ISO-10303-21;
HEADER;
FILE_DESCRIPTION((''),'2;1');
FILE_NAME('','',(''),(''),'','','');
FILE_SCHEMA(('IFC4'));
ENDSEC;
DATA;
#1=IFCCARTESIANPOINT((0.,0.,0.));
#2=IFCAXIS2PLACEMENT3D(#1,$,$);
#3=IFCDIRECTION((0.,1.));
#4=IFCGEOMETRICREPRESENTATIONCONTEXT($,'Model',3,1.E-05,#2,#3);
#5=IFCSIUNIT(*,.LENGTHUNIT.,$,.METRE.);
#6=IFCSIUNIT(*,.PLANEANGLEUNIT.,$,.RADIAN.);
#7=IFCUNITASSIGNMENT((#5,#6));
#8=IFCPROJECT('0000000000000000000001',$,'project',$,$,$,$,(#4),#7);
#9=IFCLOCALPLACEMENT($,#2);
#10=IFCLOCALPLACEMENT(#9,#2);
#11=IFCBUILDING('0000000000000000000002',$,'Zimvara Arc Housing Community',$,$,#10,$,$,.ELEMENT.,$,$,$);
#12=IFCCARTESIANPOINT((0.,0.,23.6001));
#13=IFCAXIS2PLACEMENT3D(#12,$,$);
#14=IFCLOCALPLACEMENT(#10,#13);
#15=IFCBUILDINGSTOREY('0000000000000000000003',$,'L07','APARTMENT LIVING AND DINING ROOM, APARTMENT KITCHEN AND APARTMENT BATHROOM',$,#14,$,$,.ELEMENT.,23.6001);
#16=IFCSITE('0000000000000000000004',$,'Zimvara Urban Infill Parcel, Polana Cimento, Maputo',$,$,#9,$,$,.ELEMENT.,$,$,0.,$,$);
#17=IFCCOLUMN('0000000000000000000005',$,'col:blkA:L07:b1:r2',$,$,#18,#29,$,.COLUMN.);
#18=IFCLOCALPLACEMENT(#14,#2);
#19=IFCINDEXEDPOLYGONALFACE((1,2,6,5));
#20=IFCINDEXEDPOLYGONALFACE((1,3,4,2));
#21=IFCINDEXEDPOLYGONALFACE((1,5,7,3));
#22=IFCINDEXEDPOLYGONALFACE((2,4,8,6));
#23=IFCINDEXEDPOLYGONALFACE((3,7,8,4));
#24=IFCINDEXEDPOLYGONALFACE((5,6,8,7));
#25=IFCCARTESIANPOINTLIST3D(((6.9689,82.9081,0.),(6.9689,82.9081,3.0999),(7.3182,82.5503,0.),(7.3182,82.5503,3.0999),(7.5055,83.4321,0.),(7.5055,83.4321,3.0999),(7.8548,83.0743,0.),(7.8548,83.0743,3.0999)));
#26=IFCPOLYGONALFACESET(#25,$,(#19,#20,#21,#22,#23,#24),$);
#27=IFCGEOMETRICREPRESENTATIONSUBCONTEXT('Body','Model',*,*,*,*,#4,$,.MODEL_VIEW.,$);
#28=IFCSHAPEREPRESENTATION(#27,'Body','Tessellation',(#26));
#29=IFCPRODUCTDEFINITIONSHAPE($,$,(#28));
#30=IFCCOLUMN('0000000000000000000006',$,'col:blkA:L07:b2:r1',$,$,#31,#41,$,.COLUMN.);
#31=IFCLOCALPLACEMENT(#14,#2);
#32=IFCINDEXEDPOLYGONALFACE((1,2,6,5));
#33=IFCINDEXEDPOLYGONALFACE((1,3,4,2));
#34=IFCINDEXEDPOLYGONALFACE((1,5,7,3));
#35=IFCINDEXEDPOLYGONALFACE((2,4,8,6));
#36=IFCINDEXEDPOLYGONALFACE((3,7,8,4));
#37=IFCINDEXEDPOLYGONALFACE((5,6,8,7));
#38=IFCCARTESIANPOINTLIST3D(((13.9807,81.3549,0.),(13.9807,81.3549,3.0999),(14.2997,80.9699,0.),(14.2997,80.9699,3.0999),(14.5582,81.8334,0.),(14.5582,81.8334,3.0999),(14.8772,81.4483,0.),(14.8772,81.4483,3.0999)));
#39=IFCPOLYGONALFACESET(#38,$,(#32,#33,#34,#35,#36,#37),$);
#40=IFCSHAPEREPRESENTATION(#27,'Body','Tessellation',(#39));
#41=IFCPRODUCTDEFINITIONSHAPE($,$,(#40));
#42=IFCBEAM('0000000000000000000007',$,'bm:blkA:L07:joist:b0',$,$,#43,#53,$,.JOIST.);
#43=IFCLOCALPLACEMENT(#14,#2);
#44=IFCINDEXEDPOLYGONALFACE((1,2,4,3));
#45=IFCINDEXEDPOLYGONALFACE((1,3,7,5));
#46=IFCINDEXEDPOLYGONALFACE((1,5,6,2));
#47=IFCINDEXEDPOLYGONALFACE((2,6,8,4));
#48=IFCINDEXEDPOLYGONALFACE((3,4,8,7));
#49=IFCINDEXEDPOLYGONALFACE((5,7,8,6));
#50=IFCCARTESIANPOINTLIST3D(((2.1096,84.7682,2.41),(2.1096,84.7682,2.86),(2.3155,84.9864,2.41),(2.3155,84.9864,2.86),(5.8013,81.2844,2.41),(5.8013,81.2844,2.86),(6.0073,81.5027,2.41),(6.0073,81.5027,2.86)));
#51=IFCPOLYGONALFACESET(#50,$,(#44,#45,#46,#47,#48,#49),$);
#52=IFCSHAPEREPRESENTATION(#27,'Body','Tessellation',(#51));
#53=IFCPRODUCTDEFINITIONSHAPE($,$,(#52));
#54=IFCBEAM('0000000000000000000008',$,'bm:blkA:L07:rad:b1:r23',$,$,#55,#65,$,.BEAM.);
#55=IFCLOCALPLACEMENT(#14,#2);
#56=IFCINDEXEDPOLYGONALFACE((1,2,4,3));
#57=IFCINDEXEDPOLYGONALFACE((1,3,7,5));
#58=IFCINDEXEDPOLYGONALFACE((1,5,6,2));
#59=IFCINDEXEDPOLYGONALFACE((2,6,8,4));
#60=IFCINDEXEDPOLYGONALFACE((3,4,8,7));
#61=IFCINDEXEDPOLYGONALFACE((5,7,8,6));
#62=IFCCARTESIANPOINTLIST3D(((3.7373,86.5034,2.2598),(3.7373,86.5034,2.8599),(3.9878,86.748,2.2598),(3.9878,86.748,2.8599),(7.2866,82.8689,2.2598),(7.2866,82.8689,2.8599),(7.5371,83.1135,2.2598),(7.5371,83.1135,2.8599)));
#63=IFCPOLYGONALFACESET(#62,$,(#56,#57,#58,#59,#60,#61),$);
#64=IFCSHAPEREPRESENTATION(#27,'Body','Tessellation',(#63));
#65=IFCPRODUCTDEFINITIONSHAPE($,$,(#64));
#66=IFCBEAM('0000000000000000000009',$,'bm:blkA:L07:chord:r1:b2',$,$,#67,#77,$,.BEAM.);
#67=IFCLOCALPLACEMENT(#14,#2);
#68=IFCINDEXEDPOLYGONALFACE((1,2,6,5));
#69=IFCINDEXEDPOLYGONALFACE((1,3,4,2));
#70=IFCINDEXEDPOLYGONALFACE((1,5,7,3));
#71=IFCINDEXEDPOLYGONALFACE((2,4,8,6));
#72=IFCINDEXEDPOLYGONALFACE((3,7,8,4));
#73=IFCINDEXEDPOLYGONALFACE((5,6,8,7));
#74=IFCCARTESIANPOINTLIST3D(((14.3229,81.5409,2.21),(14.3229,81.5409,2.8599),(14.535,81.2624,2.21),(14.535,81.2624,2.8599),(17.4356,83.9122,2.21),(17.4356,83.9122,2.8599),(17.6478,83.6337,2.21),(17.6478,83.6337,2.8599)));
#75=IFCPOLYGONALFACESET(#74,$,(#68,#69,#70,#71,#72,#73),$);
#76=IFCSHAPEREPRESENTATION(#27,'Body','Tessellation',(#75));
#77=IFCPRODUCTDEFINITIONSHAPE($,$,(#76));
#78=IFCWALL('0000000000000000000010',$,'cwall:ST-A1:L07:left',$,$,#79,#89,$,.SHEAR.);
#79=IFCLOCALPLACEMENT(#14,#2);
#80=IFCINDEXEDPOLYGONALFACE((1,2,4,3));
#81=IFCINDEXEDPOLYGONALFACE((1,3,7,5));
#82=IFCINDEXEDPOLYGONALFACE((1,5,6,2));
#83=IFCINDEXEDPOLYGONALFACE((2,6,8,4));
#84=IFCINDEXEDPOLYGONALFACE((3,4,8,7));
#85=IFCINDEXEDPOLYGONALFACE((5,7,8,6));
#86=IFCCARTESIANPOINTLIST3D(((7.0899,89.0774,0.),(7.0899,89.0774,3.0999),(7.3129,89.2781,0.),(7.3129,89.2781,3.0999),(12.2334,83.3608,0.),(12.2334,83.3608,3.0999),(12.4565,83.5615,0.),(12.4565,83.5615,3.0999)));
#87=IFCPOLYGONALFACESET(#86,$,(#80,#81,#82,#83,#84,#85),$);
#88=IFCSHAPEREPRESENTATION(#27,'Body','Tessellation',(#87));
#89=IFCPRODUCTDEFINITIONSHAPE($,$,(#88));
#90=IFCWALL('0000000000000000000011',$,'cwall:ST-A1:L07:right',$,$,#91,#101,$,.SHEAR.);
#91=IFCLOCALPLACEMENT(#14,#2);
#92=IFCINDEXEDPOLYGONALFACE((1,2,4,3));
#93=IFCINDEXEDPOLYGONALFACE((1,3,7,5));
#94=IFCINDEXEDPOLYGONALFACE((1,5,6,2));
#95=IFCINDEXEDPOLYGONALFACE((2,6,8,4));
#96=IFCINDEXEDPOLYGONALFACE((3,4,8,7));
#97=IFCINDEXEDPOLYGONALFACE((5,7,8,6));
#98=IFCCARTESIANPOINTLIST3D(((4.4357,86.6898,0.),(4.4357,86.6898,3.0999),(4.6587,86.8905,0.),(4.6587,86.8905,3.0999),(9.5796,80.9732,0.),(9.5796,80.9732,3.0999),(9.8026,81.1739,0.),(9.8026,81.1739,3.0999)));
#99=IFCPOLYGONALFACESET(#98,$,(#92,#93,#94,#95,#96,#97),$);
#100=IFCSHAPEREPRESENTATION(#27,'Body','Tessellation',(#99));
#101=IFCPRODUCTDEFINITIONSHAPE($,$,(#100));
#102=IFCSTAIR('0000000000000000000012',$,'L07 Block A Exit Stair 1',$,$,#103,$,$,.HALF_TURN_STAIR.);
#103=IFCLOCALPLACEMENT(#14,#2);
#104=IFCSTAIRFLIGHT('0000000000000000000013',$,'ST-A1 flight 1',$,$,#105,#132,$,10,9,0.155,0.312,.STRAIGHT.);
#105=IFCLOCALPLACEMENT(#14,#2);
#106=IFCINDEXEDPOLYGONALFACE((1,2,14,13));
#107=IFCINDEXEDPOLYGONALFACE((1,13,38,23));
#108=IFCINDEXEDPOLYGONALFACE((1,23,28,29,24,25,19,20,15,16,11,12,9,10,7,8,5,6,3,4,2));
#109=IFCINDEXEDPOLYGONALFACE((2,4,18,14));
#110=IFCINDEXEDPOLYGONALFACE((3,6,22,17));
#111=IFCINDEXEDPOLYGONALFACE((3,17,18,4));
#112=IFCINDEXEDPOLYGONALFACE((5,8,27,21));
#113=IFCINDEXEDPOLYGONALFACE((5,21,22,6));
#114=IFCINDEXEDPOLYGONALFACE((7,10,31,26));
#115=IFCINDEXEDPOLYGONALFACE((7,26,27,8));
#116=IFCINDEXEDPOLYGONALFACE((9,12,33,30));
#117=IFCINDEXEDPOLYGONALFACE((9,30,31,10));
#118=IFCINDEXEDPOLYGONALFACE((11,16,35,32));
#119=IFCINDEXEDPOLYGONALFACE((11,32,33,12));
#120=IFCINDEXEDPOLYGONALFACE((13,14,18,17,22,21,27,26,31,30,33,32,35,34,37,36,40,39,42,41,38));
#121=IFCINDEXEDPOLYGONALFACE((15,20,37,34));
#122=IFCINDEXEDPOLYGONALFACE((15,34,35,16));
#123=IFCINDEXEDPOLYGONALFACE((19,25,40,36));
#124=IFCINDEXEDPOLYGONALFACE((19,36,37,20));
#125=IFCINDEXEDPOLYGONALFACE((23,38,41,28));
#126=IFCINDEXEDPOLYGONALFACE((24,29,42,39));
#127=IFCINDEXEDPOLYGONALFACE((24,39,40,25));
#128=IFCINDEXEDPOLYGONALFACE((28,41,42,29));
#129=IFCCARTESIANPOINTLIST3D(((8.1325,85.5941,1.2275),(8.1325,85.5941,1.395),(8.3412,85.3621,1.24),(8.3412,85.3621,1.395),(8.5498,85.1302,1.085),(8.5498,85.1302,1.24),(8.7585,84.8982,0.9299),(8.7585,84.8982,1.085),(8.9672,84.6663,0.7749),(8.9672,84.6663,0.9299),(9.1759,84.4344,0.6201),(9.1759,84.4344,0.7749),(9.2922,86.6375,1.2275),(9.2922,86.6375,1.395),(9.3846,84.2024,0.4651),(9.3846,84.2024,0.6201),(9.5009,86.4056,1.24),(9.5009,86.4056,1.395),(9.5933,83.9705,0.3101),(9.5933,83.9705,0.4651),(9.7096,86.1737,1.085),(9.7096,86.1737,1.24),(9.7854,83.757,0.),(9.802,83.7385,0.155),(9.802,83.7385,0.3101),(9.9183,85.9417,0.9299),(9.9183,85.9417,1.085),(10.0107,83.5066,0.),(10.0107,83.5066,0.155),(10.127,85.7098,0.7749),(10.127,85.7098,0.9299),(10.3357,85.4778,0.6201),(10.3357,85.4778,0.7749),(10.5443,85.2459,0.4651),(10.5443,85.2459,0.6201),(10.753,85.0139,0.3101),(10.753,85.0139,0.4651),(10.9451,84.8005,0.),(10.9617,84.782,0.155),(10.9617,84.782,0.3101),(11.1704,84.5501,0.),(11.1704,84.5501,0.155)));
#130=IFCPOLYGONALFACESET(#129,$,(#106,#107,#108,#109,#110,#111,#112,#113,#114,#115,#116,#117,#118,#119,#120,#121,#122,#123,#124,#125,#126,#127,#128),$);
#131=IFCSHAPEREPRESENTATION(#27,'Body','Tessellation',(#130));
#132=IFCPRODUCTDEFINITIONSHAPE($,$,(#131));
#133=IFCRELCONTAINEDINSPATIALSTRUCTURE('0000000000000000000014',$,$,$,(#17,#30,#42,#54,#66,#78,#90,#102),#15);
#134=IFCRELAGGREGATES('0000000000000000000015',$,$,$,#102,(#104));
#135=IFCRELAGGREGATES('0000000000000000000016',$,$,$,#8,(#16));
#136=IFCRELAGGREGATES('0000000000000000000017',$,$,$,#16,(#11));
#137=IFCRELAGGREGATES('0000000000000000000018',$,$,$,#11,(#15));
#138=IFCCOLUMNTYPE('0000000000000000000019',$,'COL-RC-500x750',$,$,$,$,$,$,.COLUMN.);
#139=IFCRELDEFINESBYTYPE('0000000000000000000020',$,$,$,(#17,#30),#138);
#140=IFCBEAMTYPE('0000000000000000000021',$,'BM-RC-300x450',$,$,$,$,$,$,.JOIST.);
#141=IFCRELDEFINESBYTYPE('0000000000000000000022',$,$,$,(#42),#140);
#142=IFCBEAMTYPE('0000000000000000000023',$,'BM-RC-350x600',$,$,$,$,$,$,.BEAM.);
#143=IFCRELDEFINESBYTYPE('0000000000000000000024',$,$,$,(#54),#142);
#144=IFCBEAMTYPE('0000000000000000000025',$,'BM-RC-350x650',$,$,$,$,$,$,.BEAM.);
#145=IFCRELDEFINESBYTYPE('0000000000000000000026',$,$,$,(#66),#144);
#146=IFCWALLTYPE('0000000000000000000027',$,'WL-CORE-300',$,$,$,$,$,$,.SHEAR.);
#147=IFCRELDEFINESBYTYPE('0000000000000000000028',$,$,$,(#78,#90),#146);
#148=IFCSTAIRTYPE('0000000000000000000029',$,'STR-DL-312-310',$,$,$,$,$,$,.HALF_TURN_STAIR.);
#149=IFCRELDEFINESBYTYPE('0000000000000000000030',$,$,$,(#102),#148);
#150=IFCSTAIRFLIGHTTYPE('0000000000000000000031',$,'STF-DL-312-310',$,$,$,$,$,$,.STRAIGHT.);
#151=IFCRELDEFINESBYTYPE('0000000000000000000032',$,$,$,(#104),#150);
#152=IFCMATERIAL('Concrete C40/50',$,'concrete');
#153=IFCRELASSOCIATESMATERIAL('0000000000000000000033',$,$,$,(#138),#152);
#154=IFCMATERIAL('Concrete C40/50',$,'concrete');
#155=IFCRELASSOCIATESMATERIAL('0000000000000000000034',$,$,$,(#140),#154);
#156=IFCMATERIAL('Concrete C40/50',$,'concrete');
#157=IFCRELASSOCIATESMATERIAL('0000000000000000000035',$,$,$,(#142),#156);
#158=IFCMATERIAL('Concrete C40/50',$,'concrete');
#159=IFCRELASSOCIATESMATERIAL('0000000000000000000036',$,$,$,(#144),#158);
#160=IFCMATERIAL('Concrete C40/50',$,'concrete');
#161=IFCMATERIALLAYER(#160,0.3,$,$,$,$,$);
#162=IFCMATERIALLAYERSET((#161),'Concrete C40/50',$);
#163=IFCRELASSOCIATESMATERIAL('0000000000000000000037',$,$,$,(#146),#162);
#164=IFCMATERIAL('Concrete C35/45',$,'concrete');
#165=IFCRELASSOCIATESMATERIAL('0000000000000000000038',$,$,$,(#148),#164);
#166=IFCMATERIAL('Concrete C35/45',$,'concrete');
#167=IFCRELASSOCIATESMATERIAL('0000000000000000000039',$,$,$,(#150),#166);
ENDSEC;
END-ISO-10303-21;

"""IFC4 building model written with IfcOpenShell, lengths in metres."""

from ifc_helpers import new_model, si_unit, direction, frame, frame_2d, origin, origin_2d, place, context, subcontext, project, spatial, polyline, rectangle, outline, extrude, material, layer, layer_set, material_profile, profile_set, type_object, element, aggregate, save


model = new_model("IFC4")

# Units and contexts
model_context = context("Model", 3, precision=1e-05, world=origin(), true_north=direction((0.0, 1.0)))
body_context = subcontext(model_context, "Body", "Model", "MODEL_VIEW")
ifc_project = project(units=[si_unit("LENGTHUNIT", "METRE"), si_unit("PLANEANGLEUNIT", "RADIAN")], contexts=[model_context])

# Site, building, storey
site_placement = place(None, origin())
site = spatial("IfcSite", under=ifc_project, at=site_placement, Name="Zimvara Urban Infill Parcel, Polana Cimento, Maputo", CompositionType="ELEMENT", RefElevation=0.0)
building_placement = place(site_placement, origin())
building = spatial("IfcBuilding", under=site, at=building_placement, Name="Zimvara Arc Housing Community", CompositionType="ELEMENT")
storey_placement = place(building_placement, frame((0.0, 0.0, 23.6001)))
storey = spatial("IfcBuildingStorey", under=building, at=storey_placement, Name="L07", Description="APARTMENT LIVING AND DINING ROOM, APARTMENT KITCHEN AND APARTMENT BATHROOM", CompositionType="ELEMENT", Elevation=23.6001)

# Columns
ifc_material_1 = material(Name="Concrete C40/50", Category="concrete")
ifc_material_profile_1 = material_profile(ifc_material_1, rectangle(XDim=0.5, YDim=0.75, at=origin_2d()), Name="RC 500x750")
ifc_profile_set_1 = profile_set([ifc_material_profile_1], Name="Concrete C40/50")
column_type = type_object("IfcColumnType", Name="COL-RC-500x750", PredefinedType="COLUMN", material=ifc_profile_set_1)
for number, where, z_axis, x_axis, name in (
    (1, (7.4119, 82.9912, 0.0), (0.0, 0.0, 1.0), (-0.698665, 0.715449, 0.0), "col:blkA:L07:b1:r2"),
    (2, (14.429, 81.4016, 0.0), (0.0, 0.0, 1.0), (-0.637962, 0.770068, 0.0), "col:blkA:L07:b2:r1"),
):
    element("IfcColumn", number, at=place(storey_placement, frame(where, z_axis=z_axis, x_axis=x_axis)), inside=storey, type_object=column_type, Name=name, PredefinedType="COLUMN", context=body_context, shape_type="SweptSolid", body=[
        extrude(rectangle(XDim=0.5, YDim=0.75, at=origin_2d()), origin(), (0.0, 0.0, 1.0), 3.0999),
    ])

# Beams
ifc_material_2 = material(Name="Concrete C40/50", Category="concrete")
ifc_material_profile_2 = material_profile(ifc_material_2, rectangle(XDim=0.3, YDim=0.45, at=origin_2d()), Name="RC 300x450")
ifc_profile_set_2 = profile_set([ifc_material_profile_2], Name="Concrete C40/50")
beam_type_1 = type_object("IfcBeamType", Name="BM-RC-300x450", PredefinedType="JOIST", material=ifc_profile_set_2)
beam_1_placement = place(storey_placement, frame((5.9043, 81.3936, 2.635), z_axis=(-0.7273, 0.68632, 0.0), x_axis=(-0.68632, -0.7273, 0.0)))
element("IfcBeam", 3, at=beam_1_placement, inside=storey, type_object=beam_type_1, Name="bm:blkA:L07:joist:b0", PredefinedType="JOIST", context=body_context, shape_type="SweptSolid", body=[
    extrude(rectangle(XDim=0.3, YDim=0.45, at=origin_2d()), origin(), (0.0, 0.0, 1.0), 5.0759),
])
ifc_material_3 = material(Name="Concrete C40/50", Category="concrete")
ifc_material_profile_3 = material_profile(ifc_material_3, rectangle(XDim=0.3501, YDim=0.6001, at=origin_2d()), Name="RC 350x600")
ifc_profile_set_3 = profile_set([ifc_material_profile_3], Name="Concrete C40/50")
beam_type_2 = type_object("IfcBeamType", Name="BM-RC-350x600", PredefinedType="BEAM", material=ifc_profile_set_3)
beam_2_placement = place(storey_placement, frame((7.4119, 82.9912, 2.5598), z_axis=(-0.698671, 0.715443, 0.0), x_axis=(-0.715443, -0.698671, 0.0)))
element("IfcBeam", 4, at=beam_2_placement, inside=storey, type_object=beam_type_2, Name="bm:blkA:L07:rad:b1:r23", PredefinedType="BEAM", context=body_context, shape_type="SweptSolid", body=[
    extrude(rectangle(XDim=0.3501, YDim=0.6001, at=origin_2d()), origin(), (0.0, 0.0, 1.0), 5.0801),
])
ifc_material_4 = material(Name="Concrete C40/50", Category="concrete")
ifc_material_profile_4 = material_profile(ifc_material_4, rectangle(XDim=0.3501, YDim=0.6499, at=origin_2d()), Name="RC 350x650")
ifc_profile_set_4 = profile_set([ifc_material_profile_4], Name="Concrete C40/50")
beam_type_3 = type_object("IfcBeamType", Name="BM-RC-350x650", PredefinedType="BEAM", material=ifc_profile_set_4)
beam_3_placement = place(storey_placement, frame((14.429, 81.4016, 2.5349), z_axis=(0.79547, 0.605992, 0.0), x_axis=(-0.605992, 0.79547, 0.0)))
element("IfcBeam", 5, at=beam_3_placement, inside=storey, type_object=beam_type_3, Name="bm:blkA:L07:chord:r1:b2", PredefinedType="BEAM", context=body_context, shape_type="SweptSolid", body=[
    extrude(rectangle(XDim=0.3501, YDim=0.6499, at=origin_2d()), origin(), (0.0, 0.0, 1.0), 3.9131),
])

# Shared definitions
ifc_material_5 = material(Name="Concrete C40/50", Category="concrete")
ifc_layer_1 = layer(ifc_material_5, 0.3)
ifc_layer_set_1 = layer_set([ifc_layer_1], Name="Concrete C40/50")
wall_type_1 = type_object("IfcWallType", Name="WL-CORE-300", PredefinedType="SHEAR", material=ifc_layer_set_1)

# Walls
wall_1_placement = place(storey_placement, frame((12.345, 83.4612, 0.0), z_axis=(0.0, 0.0, 1.0), x_axis=(-0.668868, 0.743381, 0.0)))
element("IfcWall", 6, at=wall_1_placement, inside=storey, type_object=wall_type_1, Name="cwall:ST-A1:L07:left", PredefinedType="SHEAR", context=body_context, shape_type="SweptSolid", body=[
    extrude(rectangle(XDim=7.6899, YDim=0.3, at=frame_2d((3.845, 0.0))), origin(), (0.0, 0.0, 1.0), 3.0999),
])
wall_2_placement = place(storey_placement, frame((9.6912, 81.0735, 0.0), z_axis=(0.0, 0.0, 1.0), x_axis=(-0.668886, 0.743365, 0.0)))
element("IfcWall", 7, at=wall_2_placement, inside=storey, type_object=wall_type_1, Name="cwall:ST-A1:L07:right", PredefinedType="SHEAR", context=body_context, shape_type="SweptSolid", body=[
    extrude(rectangle(XDim=7.6902, YDim=0.3, at=frame_2d((3.8452, 0.0))), origin(), (0.0, 0.0, 1.0), 3.0999),
])

# Stair, stair flight
ifc_material_6 = material(Name="Concrete C35/45", Category="concrete")
stair_type = type_object("IfcStairType", Name="STR-DL-312-310", PredefinedType="HALF_TURN_STAIR", material=ifc_material_6)
stair_placement = place(storey_placement, origin())
stair = element("IfcStair", 8, at=stair_placement, inside=storey, type_object=stair_type, Name="L07 Block A Exit Stair 1", PredefinedType="HALF_TURN_STAIR")
ifc_material_7 = material(Name="Concrete C35/45", Category="concrete")
stair_flight_type = type_object("IfcStairFlightType", Name="STF-DL-312-310", PredefinedType="STRAIGHT", material=ifc_material_7)
stair_flight_placement = place(storey_placement, frame((10.5906, 84.0283, 0.0), z_axis=(0.0, 0.0, 1.0), x_axis=(-0.668871, 0.743378, 0.0)))
stair_flight = element("IfcStairFlight", 9, at=stair_flight_placement, type_object=stair_flight_type, Name="ST-A1 flight 1", NumberOfRisers=10, NumberOfTreads=9, PredefinedType="STRAIGHT", RiserHeight=0.155, TreadLength=0.312, context=body_context, shape_type="SweptSolid", body=[
    extrude(outline(polyline([(0.0, 0.0), (0.0, 0.155), (0.312, 0.155), (0.312, 0.3101), (0.624, 0.3101), (0.624, 0.4651), (0.936, 0.4651), (0.936, 0.6201), (1.248, 0.6201), (1.248, 0.7749), (1.5601, 0.7749), (1.5601, 0.9299), (1.8721, 0.9299), (1.8721, 1.085), (2.1841, 1.085), (2.1841, 1.24), (2.4961, 1.24), (2.4961, 1.395), (2.8081, 1.395), (2.8081, 1.55), (2.8081, 1.2275), (0.3369, 0.0), (0.0, 0.0)])), frame((0.0, 0.78, 0.0), z_axis=(0.0, -1.0, 0.0), x_axis=(1.0, 0.0, 0.0)), (0.0, 0.0, 1.0), 1.5601),
])
aggregate(stair, [stair_flight])

save(model, "model.ifc")
